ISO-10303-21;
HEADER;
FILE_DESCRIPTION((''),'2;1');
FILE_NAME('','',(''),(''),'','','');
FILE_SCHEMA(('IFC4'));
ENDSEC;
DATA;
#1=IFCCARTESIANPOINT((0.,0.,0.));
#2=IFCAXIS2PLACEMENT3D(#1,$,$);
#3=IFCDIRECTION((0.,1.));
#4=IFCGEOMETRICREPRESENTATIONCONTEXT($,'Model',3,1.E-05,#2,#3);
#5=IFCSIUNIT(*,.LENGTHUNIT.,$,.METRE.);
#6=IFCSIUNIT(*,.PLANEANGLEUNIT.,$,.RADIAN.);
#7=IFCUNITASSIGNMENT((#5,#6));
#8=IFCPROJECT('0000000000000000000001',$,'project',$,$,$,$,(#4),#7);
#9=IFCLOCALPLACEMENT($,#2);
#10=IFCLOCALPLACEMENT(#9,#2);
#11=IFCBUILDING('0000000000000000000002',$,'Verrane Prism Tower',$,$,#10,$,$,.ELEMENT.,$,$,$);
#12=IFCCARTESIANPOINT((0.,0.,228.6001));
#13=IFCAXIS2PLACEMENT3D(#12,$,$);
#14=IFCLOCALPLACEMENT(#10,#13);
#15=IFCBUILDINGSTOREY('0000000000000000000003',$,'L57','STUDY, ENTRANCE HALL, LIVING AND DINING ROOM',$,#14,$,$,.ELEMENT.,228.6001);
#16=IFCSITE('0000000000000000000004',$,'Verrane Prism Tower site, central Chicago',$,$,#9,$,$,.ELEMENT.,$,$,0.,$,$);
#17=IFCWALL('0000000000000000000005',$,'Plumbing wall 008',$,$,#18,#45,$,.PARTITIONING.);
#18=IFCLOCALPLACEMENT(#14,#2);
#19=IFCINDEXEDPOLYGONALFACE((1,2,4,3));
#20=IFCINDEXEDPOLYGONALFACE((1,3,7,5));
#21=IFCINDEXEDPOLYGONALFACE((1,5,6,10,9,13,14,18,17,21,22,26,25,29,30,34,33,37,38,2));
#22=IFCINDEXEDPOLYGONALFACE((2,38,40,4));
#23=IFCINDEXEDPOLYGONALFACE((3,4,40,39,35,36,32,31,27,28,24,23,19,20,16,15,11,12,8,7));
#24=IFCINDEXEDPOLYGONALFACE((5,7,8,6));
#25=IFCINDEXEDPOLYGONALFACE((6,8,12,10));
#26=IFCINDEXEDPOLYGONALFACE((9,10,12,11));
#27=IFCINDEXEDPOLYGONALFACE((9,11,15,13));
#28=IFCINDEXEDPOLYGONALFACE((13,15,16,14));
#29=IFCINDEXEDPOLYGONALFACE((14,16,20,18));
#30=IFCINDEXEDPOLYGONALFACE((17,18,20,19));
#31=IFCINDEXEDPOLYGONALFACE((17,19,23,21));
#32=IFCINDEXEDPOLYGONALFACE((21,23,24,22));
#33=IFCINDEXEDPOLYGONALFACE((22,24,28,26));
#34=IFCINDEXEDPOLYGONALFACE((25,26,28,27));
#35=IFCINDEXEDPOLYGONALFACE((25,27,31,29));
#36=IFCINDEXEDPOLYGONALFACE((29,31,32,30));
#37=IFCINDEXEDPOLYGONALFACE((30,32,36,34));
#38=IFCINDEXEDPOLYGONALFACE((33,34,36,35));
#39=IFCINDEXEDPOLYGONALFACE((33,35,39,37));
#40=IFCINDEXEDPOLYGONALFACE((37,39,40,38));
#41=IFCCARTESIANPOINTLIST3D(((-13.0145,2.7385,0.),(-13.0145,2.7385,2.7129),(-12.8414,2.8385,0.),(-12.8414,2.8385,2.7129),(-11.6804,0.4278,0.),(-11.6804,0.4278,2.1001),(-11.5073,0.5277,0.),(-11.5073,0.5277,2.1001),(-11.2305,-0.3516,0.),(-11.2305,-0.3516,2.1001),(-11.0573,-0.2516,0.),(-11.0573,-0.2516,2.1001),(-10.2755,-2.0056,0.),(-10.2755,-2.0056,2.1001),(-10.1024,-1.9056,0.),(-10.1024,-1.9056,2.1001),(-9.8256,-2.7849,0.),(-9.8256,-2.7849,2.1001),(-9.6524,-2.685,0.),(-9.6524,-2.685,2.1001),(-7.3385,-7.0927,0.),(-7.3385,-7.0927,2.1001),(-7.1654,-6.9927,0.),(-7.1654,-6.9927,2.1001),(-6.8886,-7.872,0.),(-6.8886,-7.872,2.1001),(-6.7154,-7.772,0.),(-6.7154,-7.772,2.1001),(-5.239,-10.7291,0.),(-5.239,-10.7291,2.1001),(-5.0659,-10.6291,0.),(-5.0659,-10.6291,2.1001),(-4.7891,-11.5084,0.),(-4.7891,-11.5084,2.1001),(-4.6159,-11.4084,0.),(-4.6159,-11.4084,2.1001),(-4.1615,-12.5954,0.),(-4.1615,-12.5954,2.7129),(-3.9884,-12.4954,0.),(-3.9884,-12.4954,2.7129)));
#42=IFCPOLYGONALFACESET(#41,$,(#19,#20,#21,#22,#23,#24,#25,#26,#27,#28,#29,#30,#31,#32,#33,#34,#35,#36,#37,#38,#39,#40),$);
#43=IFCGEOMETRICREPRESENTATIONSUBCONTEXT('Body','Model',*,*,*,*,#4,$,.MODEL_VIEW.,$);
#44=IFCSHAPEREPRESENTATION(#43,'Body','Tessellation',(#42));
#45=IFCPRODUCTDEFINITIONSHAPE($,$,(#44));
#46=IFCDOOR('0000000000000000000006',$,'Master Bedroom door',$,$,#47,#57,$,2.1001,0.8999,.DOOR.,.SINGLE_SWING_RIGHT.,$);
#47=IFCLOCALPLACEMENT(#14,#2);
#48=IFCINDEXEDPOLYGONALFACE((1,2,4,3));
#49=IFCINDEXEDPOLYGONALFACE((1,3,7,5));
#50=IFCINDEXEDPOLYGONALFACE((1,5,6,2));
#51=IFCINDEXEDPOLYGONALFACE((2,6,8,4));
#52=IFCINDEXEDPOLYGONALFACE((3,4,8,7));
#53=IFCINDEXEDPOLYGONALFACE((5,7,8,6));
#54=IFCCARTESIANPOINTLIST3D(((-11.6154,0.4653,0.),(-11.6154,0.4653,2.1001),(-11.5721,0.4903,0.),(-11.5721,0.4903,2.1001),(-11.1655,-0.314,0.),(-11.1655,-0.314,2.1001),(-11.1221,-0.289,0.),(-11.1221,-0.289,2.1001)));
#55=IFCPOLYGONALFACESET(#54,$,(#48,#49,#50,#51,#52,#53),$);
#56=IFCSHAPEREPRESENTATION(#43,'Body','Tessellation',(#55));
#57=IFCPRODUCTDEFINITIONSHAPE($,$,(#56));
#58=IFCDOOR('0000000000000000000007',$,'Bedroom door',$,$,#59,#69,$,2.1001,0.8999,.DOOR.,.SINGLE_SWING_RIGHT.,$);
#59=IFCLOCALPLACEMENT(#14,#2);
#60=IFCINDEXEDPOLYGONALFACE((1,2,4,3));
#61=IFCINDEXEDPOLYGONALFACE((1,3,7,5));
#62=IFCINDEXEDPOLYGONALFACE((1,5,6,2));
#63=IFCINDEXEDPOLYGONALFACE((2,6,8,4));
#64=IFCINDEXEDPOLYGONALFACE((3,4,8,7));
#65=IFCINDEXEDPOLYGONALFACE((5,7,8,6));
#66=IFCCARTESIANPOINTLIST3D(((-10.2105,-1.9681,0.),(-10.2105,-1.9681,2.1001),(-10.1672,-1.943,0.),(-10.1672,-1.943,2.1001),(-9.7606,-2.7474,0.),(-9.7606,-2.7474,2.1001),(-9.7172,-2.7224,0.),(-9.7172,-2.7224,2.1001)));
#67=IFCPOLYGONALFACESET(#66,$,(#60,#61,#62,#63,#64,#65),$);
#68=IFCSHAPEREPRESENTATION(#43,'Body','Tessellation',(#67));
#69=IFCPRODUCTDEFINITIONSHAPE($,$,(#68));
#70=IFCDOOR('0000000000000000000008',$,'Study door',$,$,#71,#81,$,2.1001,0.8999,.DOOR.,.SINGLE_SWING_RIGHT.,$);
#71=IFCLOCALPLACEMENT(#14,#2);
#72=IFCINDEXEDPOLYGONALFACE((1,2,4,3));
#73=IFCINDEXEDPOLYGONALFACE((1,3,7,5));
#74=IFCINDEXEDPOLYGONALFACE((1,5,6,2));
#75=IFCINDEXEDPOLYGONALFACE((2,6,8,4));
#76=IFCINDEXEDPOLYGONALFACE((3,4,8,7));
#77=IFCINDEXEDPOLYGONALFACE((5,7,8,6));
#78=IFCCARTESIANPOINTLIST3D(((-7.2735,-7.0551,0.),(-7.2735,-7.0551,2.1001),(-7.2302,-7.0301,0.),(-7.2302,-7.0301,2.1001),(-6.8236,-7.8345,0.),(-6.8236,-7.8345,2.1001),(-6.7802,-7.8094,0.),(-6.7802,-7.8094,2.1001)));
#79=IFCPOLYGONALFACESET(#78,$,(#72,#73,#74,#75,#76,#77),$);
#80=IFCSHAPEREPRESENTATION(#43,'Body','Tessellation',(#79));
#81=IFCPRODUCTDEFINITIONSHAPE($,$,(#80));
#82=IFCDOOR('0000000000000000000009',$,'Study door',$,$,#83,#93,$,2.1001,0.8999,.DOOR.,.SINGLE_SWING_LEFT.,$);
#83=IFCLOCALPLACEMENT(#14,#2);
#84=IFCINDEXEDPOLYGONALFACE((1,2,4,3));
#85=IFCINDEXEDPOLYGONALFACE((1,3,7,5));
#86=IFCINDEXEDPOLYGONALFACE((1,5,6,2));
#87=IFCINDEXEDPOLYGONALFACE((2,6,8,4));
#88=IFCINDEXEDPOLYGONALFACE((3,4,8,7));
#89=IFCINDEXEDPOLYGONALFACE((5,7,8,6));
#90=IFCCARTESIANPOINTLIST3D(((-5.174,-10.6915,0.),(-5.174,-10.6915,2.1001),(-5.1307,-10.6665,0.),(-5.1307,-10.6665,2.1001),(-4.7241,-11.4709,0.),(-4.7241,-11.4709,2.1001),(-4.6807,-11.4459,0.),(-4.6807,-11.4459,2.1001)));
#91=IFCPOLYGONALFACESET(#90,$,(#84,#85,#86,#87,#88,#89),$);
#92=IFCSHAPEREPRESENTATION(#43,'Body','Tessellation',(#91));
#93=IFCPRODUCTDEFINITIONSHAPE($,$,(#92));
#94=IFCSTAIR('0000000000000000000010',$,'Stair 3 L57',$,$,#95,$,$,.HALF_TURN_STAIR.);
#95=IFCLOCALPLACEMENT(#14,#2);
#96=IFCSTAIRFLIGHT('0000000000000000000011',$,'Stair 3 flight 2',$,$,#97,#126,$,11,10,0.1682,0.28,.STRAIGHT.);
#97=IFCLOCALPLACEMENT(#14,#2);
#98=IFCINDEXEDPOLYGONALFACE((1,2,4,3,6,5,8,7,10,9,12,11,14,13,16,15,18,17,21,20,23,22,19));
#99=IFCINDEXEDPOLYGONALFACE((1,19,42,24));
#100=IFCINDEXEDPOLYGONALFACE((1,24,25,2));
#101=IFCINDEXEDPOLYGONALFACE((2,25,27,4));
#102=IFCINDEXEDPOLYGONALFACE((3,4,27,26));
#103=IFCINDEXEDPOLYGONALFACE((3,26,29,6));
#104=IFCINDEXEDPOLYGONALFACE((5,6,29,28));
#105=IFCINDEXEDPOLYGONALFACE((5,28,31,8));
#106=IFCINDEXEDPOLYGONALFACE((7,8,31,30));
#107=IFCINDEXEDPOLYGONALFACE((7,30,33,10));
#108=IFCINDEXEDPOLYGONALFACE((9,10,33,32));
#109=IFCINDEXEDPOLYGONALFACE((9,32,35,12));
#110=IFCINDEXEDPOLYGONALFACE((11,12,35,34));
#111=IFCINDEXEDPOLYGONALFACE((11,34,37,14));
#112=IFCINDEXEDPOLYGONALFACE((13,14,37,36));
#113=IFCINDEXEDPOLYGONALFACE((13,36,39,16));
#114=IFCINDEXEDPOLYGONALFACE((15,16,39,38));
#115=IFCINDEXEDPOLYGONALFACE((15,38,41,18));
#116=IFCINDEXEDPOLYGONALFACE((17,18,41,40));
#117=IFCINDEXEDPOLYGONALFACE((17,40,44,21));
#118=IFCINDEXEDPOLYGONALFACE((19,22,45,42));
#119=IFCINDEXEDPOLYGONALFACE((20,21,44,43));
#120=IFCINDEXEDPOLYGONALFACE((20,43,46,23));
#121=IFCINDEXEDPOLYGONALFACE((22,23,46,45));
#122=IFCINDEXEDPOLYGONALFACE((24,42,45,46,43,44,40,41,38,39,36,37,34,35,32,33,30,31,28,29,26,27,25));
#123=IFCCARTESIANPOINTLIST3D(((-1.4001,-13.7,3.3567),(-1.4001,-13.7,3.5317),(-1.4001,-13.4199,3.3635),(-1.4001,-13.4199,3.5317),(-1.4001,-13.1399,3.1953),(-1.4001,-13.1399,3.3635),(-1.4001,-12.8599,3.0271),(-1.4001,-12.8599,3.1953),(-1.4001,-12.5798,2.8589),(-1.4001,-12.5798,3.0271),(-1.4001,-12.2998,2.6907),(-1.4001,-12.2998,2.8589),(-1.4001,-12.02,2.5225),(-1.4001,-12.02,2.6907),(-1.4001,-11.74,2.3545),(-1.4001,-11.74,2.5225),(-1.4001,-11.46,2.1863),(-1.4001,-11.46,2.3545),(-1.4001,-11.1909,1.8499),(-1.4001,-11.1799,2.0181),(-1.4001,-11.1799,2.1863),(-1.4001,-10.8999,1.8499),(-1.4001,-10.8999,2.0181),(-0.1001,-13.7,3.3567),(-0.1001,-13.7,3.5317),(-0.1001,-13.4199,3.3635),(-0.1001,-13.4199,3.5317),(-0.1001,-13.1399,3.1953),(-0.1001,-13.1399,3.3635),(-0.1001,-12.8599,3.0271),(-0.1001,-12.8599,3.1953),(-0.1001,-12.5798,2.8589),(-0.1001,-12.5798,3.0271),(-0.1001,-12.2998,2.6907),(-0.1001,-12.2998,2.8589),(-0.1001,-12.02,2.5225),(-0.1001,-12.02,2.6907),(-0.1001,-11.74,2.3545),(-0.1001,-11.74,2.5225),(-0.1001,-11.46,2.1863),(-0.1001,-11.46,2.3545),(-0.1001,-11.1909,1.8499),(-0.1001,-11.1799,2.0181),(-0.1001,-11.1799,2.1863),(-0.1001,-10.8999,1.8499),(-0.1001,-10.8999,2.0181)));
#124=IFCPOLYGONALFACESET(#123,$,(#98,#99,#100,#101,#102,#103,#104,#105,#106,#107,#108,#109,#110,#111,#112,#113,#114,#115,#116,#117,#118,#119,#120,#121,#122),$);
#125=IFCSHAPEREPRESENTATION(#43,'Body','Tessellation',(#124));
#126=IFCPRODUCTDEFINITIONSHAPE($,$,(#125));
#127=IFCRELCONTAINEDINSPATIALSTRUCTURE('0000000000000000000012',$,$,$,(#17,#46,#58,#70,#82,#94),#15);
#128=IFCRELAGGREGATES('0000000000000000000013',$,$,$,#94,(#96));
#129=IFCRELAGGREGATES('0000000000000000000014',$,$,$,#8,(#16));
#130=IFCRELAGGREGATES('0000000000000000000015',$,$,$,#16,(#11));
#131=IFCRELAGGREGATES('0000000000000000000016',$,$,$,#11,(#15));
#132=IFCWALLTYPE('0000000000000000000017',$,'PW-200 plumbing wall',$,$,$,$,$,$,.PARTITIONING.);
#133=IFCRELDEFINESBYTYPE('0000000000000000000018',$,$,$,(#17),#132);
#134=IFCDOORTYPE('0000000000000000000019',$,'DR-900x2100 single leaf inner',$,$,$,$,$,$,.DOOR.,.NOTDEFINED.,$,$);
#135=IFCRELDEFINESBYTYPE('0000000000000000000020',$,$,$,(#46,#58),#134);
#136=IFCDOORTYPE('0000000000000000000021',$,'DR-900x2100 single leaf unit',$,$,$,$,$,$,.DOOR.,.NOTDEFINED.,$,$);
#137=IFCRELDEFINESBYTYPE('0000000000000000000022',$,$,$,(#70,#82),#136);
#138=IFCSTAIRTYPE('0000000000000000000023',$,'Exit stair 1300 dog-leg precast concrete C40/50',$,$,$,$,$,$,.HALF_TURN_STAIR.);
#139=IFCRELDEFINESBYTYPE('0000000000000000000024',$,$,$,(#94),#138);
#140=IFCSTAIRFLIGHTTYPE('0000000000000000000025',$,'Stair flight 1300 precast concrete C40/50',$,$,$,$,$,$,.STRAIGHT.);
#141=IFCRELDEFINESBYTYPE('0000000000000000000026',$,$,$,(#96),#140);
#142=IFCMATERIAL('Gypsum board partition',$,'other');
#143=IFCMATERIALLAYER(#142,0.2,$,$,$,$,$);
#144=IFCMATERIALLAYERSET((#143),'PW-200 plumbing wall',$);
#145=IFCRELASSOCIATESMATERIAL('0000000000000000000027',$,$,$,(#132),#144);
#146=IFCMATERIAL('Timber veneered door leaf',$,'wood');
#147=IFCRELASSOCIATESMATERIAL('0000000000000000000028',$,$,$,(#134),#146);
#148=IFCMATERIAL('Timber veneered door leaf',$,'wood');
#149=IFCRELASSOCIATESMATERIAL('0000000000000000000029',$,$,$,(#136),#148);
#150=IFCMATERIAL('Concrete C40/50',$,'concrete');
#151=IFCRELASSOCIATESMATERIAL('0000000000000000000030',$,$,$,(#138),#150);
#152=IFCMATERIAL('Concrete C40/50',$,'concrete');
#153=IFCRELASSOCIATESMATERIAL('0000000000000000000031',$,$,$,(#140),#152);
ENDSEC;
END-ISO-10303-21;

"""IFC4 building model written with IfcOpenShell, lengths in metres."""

from ifc_helpers import new_model, si_unit, direction, frame, frame_2d, origin, place, context, subcontext, project, spatial, polyline, rectangle, outline, extrude, material, layer, layer_set, type_object, element, fill, aggregate, save


model = new_model("IFC4")

# Units and contexts
model_context = context("Model", 3, precision=1e-05, world=origin(), true_north=direction((0.0, 1.0)))
body_context = subcontext(model_context, "Body", "Model", "MODEL_VIEW")
ifc_project = project(units=[si_unit("LENGTHUNIT", "METRE"), si_unit("PLANEANGLEUNIT", "RADIAN")], contexts=[model_context])

# Site, building, storey
site_placement = place(None, origin())
site = spatial("IfcSite", under=ifc_project, at=site_placement, Name="Verrane Prism Tower site, central Chicago", CompositionType="ELEMENT", RefElevation=0.0)
building_placement = place(site_placement, origin())
building = spatial("IfcBuilding", under=site, at=building_placement, Name="Verrane Prism Tower", CompositionType="ELEMENT")
storey_placement = place(building_placement, frame((0.0, 0.0, 228.6001)))
storey = spatial("IfcBuildingStorey", under=building, at=storey_placement, Name="L57", Description="STUDY, ENTRANCE HALL, LIVING AND DINING ROOM", CompositionType="ELEMENT", Elevation=228.6001)

# Shared definitions
ifc_material_1 = material(Name="Gypsum board partition", Category="other")
ifc_layer_1 = layer(ifc_material_1, 0.2)
ifc_layer_set_1 = layer_set([ifc_layer_1], Name="PW-200 plumbing wall")
wall_type_1 = type_object("IfcWallType", Name="PW-200 plumbing wall", PredefinedType="PARTITIONING", material=ifc_layer_set_1)

# Wall, openings, doors
wall_1_placement = place(storey_placement, frame((-4.075, -12.5454, 0.0), z_axis=(0.0, 0.0, 1.0), x_axis=(-0.499998, 0.866027, 0.0)))
wall_1 = element("IfcWall", 1, at=wall_1_placement, inside=storey, type_object=wall_type_1, Name="Plumbing wall 008", PredefinedType="PARTITIONING", context=body_context, shape_type="SweptSolid", body=[
    extrude(rectangle(XDim=17.7061, YDim=0.2, at=frame_2d((8.853, 0.0))), origin(), (0.0, 0.0, 1.0), 2.7129),
])
opening_1_placement = place(wall_1_placement, frame((14.1379, 0.0, 0.0)))
opening_1 = element("IfcOpeningElement", 2, at=opening_1_placement, cuts=wall_1, PredefinedType="OPENING", context=body_context, shape_type="SweptSolid", body=[
    extrude(rectangle(XDim=0.8999, YDim=2.1001, at=frame_2d((0.45, 1.05))), frame((0.0, 0.1099, 0.0), z_axis=(0.0, -1.0, 0.0), x_axis=(1.0, 0.0, 0.0)), (0.0, 0.0, 1.0), 0.22),
])
opening_2_placement = place(wall_1_placement, frame((11.3281, 0.0, 0.0)))
opening_2 = element("IfcOpeningElement", 3, at=opening_2_placement, cuts=wall_1, PredefinedType="OPENING", context=body_context, shape_type="SweptSolid", body=[
    extrude(rectangle(XDim=0.8999, YDim=2.1001, at=frame_2d((0.45, 1.05))), frame((0.0, 0.1099, 0.0), z_axis=(0.0, -1.0, 0.0), x_axis=(1.0, 0.0, 0.0)), (0.0, 0.0, 1.0), 0.22),
])
opening_3_placement = place(wall_1_placement, frame((5.4541, 0.0, 0.0)))
opening_3 = element("IfcOpeningElement", 4, at=opening_3_placement, cuts=wall_1, PredefinedType="OPENING", context=body_context, shape_type="SweptSolid", body=[
    extrude(rectangle(XDim=0.8999, YDim=2.1001, at=frame_2d((0.45, 1.05))), frame((0.0, 0.1099, 0.0), z_axis=(0.0, -1.0, 0.0), x_axis=(1.0, 0.0, 0.0)), (0.0, 0.0, 1.0), 0.22),
])
opening_4_placement = place(wall_1_placement, frame((1.2551, 0.0, 0.0)))
opening_4 = element("IfcOpeningElement", 5, at=opening_4_placement, cuts=wall_1, PredefinedType="OPENING", context=body_context, shape_type="SweptSolid", body=[
    extrude(rectangle(XDim=0.8999, YDim=2.1001, at=frame_2d((0.45, 1.05))), frame((0.0, 0.1099, 0.0), z_axis=(0.0, -1.0, 0.0), x_axis=(1.0, 0.0, 0.0)), (0.0, 0.0, 1.0), 0.22),
])
ifc_material_2 = material(Name="Timber veneered door leaf", Category="wood")
door_type_1 = type_object("IfcDoorType", Name="DR-900x2100 single leaf inner", OperationType="NOTDEFINED", PredefinedType="DOOR", material=ifc_material_2)
door_1_placement = place(opening_1_placement, origin())
door_1 = element("IfcDoor", 6, at=door_1_placement, inside=storey, type_object=door_type_1, Name="Master Bedroom door", OperationType="SINGLE_SWING_RIGHT", OverallHeight=2.1001, OverallWidth=0.8999, PredefinedType="DOOR", context=body_context, shape_type="SweptSolid", body=[
    extrude(rectangle(XDim=0.8999, YDim=2.1001, at=frame_2d((0.45, 1.05))), frame((0.0, 0.0249, 0.0), z_axis=(0.0, -1.0, 0.0), x_axis=(1.0, 0.0, 0.0)), (0.0, 0.0, 1.0), 0.05),
])
fill(opening_1, door_1)
door_2_placement = place(opening_2_placement, origin())
door_2 = element("IfcDoor", 7, at=door_2_placement, inside=storey, type_object=door_type_1, Name="Bedroom door", OperationType="SINGLE_SWING_RIGHT", OverallHeight=2.1001, OverallWidth=0.8999, PredefinedType="DOOR", context=body_context, shape_type="SweptSolid", body=[
    extrude(rectangle(XDim=0.8999, YDim=2.1001, at=frame_2d((0.45, 1.05))), frame((0.0, 0.0249, 0.0), z_axis=(0.0, -1.0, 0.0), x_axis=(1.0, 0.0, 0.0)), (0.0, 0.0, 1.0), 0.05),
])
fill(opening_2, door_2)
ifc_material_3 = material(Name="Timber veneered door leaf", Category="wood")
door_type_2 = type_object("IfcDoorType", Name="DR-900x2100 single leaf unit", OperationType="NOTDEFINED", PredefinedType="DOOR", material=ifc_material_3)
door_3_placement = place(opening_3_placement, origin())
door_3 = element("IfcDoor", 8, at=door_3_placement, inside=storey, type_object=door_type_2, Name="Study door", OperationType="SINGLE_SWING_RIGHT", OverallHeight=2.1001, OverallWidth=0.8999, PredefinedType="DOOR", context=body_context, shape_type="SweptSolid", body=[
    extrude(rectangle(XDim=0.8999, YDim=2.1001, at=frame_2d((0.45, 1.05))), frame((0.0, 0.0249, 0.0), z_axis=(0.0, -1.0, 0.0), x_axis=(1.0, 0.0, 0.0)), (0.0, 0.0, 1.0), 0.05),
])
fill(opening_3, door_3)
door_4_placement = place(opening_4_placement, origin())
door_4 = element("IfcDoor", 9, at=door_4_placement, inside=storey, type_object=door_type_2, Name="Study door", OperationType="SINGLE_SWING_LEFT", OverallHeight=2.1001, OverallWidth=0.8999, PredefinedType="DOOR", context=body_context, shape_type="SweptSolid", body=[
    extrude(rectangle(XDim=0.8999, YDim=2.1001, at=frame_2d((0.45, 1.05))), frame((0.0, 0.0249, 0.0), z_axis=(0.0, -1.0, 0.0), x_axis=(1.0, 0.0, 0.0)), (0.0, 0.0, 1.0), 0.05),
])
fill(opening_4, door_4)

# Stair, stair flight
ifc_material_4 = material(Name="Concrete C40/50", Category="concrete")
stair_type = type_object("IfcStairType", Name="Exit stair 1300 dog-leg precast concrete C40/50", PredefinedType="HALF_TURN_STAIR", material=ifc_material_4)
stair_placement = place(storey_placement, origin())
stair = element("IfcStair", 10, at=stair_placement, inside=storey, type_object=stair_type, Name="Stair 3 L57", PredefinedType="HALF_TURN_STAIR")
ifc_material_5 = material(Name="Concrete C40/50", Category="concrete")
stair_flight_type = type_object("IfcStairFlightType", Name="Stair flight 1300 precast concrete C40/50", PredefinedType="STRAIGHT", material=ifc_material_5)
stair_flight_placement = place(storey_placement, frame((-0.75, -10.8999, 1.8499), z_axis=(0.0, 0.0, 1.0), x_axis=(0.0, -1.0, 0.0)))
stair_flight = element("IfcStairFlight", 11, at=stair_flight_placement, type_object=stair_flight_type, Name="Stair 3 flight 2", NumberOfRisers=11, NumberOfTreads=10, PredefinedType="STRAIGHT", RiserHeight=0.1682, TreadLength=0.28, context=body_context, shape_type="SweptSolid", body=[
    extrude(outline(polyline([(0.0, 0.0), (0.0, 0.1682), (0.28, 0.1682), (0.28, 0.3364), (0.5601, 0.3364), (0.5601, 0.5046), (0.8401, 0.5046), (0.8401, 0.6726), (1.1201, 0.6726), (1.1201, 0.8408), (1.3999, 0.8408), (1.3999, 1.009), (1.6799, 1.009), (1.6799, 1.1772), (1.96, 1.1772), (1.96, 1.3455), (2.24, 1.3455), (2.24, 1.5137), (2.52, 1.5137), (2.52, 1.6819), (2.8, 1.6819), (2.8, 1.8501), (2.8, 1.5068), (0.291, 0.0), (0.0, 0.0)])), frame((0.0, 0.6499, 0.0), z_axis=(0.0, -1.0, 0.0), x_axis=(1.0, 0.0, 0.0)), (0.0, 0.0, 1.0), 1.3),
])
aggregate(stair, [stair_flight])

save(model, "model.ifc")
